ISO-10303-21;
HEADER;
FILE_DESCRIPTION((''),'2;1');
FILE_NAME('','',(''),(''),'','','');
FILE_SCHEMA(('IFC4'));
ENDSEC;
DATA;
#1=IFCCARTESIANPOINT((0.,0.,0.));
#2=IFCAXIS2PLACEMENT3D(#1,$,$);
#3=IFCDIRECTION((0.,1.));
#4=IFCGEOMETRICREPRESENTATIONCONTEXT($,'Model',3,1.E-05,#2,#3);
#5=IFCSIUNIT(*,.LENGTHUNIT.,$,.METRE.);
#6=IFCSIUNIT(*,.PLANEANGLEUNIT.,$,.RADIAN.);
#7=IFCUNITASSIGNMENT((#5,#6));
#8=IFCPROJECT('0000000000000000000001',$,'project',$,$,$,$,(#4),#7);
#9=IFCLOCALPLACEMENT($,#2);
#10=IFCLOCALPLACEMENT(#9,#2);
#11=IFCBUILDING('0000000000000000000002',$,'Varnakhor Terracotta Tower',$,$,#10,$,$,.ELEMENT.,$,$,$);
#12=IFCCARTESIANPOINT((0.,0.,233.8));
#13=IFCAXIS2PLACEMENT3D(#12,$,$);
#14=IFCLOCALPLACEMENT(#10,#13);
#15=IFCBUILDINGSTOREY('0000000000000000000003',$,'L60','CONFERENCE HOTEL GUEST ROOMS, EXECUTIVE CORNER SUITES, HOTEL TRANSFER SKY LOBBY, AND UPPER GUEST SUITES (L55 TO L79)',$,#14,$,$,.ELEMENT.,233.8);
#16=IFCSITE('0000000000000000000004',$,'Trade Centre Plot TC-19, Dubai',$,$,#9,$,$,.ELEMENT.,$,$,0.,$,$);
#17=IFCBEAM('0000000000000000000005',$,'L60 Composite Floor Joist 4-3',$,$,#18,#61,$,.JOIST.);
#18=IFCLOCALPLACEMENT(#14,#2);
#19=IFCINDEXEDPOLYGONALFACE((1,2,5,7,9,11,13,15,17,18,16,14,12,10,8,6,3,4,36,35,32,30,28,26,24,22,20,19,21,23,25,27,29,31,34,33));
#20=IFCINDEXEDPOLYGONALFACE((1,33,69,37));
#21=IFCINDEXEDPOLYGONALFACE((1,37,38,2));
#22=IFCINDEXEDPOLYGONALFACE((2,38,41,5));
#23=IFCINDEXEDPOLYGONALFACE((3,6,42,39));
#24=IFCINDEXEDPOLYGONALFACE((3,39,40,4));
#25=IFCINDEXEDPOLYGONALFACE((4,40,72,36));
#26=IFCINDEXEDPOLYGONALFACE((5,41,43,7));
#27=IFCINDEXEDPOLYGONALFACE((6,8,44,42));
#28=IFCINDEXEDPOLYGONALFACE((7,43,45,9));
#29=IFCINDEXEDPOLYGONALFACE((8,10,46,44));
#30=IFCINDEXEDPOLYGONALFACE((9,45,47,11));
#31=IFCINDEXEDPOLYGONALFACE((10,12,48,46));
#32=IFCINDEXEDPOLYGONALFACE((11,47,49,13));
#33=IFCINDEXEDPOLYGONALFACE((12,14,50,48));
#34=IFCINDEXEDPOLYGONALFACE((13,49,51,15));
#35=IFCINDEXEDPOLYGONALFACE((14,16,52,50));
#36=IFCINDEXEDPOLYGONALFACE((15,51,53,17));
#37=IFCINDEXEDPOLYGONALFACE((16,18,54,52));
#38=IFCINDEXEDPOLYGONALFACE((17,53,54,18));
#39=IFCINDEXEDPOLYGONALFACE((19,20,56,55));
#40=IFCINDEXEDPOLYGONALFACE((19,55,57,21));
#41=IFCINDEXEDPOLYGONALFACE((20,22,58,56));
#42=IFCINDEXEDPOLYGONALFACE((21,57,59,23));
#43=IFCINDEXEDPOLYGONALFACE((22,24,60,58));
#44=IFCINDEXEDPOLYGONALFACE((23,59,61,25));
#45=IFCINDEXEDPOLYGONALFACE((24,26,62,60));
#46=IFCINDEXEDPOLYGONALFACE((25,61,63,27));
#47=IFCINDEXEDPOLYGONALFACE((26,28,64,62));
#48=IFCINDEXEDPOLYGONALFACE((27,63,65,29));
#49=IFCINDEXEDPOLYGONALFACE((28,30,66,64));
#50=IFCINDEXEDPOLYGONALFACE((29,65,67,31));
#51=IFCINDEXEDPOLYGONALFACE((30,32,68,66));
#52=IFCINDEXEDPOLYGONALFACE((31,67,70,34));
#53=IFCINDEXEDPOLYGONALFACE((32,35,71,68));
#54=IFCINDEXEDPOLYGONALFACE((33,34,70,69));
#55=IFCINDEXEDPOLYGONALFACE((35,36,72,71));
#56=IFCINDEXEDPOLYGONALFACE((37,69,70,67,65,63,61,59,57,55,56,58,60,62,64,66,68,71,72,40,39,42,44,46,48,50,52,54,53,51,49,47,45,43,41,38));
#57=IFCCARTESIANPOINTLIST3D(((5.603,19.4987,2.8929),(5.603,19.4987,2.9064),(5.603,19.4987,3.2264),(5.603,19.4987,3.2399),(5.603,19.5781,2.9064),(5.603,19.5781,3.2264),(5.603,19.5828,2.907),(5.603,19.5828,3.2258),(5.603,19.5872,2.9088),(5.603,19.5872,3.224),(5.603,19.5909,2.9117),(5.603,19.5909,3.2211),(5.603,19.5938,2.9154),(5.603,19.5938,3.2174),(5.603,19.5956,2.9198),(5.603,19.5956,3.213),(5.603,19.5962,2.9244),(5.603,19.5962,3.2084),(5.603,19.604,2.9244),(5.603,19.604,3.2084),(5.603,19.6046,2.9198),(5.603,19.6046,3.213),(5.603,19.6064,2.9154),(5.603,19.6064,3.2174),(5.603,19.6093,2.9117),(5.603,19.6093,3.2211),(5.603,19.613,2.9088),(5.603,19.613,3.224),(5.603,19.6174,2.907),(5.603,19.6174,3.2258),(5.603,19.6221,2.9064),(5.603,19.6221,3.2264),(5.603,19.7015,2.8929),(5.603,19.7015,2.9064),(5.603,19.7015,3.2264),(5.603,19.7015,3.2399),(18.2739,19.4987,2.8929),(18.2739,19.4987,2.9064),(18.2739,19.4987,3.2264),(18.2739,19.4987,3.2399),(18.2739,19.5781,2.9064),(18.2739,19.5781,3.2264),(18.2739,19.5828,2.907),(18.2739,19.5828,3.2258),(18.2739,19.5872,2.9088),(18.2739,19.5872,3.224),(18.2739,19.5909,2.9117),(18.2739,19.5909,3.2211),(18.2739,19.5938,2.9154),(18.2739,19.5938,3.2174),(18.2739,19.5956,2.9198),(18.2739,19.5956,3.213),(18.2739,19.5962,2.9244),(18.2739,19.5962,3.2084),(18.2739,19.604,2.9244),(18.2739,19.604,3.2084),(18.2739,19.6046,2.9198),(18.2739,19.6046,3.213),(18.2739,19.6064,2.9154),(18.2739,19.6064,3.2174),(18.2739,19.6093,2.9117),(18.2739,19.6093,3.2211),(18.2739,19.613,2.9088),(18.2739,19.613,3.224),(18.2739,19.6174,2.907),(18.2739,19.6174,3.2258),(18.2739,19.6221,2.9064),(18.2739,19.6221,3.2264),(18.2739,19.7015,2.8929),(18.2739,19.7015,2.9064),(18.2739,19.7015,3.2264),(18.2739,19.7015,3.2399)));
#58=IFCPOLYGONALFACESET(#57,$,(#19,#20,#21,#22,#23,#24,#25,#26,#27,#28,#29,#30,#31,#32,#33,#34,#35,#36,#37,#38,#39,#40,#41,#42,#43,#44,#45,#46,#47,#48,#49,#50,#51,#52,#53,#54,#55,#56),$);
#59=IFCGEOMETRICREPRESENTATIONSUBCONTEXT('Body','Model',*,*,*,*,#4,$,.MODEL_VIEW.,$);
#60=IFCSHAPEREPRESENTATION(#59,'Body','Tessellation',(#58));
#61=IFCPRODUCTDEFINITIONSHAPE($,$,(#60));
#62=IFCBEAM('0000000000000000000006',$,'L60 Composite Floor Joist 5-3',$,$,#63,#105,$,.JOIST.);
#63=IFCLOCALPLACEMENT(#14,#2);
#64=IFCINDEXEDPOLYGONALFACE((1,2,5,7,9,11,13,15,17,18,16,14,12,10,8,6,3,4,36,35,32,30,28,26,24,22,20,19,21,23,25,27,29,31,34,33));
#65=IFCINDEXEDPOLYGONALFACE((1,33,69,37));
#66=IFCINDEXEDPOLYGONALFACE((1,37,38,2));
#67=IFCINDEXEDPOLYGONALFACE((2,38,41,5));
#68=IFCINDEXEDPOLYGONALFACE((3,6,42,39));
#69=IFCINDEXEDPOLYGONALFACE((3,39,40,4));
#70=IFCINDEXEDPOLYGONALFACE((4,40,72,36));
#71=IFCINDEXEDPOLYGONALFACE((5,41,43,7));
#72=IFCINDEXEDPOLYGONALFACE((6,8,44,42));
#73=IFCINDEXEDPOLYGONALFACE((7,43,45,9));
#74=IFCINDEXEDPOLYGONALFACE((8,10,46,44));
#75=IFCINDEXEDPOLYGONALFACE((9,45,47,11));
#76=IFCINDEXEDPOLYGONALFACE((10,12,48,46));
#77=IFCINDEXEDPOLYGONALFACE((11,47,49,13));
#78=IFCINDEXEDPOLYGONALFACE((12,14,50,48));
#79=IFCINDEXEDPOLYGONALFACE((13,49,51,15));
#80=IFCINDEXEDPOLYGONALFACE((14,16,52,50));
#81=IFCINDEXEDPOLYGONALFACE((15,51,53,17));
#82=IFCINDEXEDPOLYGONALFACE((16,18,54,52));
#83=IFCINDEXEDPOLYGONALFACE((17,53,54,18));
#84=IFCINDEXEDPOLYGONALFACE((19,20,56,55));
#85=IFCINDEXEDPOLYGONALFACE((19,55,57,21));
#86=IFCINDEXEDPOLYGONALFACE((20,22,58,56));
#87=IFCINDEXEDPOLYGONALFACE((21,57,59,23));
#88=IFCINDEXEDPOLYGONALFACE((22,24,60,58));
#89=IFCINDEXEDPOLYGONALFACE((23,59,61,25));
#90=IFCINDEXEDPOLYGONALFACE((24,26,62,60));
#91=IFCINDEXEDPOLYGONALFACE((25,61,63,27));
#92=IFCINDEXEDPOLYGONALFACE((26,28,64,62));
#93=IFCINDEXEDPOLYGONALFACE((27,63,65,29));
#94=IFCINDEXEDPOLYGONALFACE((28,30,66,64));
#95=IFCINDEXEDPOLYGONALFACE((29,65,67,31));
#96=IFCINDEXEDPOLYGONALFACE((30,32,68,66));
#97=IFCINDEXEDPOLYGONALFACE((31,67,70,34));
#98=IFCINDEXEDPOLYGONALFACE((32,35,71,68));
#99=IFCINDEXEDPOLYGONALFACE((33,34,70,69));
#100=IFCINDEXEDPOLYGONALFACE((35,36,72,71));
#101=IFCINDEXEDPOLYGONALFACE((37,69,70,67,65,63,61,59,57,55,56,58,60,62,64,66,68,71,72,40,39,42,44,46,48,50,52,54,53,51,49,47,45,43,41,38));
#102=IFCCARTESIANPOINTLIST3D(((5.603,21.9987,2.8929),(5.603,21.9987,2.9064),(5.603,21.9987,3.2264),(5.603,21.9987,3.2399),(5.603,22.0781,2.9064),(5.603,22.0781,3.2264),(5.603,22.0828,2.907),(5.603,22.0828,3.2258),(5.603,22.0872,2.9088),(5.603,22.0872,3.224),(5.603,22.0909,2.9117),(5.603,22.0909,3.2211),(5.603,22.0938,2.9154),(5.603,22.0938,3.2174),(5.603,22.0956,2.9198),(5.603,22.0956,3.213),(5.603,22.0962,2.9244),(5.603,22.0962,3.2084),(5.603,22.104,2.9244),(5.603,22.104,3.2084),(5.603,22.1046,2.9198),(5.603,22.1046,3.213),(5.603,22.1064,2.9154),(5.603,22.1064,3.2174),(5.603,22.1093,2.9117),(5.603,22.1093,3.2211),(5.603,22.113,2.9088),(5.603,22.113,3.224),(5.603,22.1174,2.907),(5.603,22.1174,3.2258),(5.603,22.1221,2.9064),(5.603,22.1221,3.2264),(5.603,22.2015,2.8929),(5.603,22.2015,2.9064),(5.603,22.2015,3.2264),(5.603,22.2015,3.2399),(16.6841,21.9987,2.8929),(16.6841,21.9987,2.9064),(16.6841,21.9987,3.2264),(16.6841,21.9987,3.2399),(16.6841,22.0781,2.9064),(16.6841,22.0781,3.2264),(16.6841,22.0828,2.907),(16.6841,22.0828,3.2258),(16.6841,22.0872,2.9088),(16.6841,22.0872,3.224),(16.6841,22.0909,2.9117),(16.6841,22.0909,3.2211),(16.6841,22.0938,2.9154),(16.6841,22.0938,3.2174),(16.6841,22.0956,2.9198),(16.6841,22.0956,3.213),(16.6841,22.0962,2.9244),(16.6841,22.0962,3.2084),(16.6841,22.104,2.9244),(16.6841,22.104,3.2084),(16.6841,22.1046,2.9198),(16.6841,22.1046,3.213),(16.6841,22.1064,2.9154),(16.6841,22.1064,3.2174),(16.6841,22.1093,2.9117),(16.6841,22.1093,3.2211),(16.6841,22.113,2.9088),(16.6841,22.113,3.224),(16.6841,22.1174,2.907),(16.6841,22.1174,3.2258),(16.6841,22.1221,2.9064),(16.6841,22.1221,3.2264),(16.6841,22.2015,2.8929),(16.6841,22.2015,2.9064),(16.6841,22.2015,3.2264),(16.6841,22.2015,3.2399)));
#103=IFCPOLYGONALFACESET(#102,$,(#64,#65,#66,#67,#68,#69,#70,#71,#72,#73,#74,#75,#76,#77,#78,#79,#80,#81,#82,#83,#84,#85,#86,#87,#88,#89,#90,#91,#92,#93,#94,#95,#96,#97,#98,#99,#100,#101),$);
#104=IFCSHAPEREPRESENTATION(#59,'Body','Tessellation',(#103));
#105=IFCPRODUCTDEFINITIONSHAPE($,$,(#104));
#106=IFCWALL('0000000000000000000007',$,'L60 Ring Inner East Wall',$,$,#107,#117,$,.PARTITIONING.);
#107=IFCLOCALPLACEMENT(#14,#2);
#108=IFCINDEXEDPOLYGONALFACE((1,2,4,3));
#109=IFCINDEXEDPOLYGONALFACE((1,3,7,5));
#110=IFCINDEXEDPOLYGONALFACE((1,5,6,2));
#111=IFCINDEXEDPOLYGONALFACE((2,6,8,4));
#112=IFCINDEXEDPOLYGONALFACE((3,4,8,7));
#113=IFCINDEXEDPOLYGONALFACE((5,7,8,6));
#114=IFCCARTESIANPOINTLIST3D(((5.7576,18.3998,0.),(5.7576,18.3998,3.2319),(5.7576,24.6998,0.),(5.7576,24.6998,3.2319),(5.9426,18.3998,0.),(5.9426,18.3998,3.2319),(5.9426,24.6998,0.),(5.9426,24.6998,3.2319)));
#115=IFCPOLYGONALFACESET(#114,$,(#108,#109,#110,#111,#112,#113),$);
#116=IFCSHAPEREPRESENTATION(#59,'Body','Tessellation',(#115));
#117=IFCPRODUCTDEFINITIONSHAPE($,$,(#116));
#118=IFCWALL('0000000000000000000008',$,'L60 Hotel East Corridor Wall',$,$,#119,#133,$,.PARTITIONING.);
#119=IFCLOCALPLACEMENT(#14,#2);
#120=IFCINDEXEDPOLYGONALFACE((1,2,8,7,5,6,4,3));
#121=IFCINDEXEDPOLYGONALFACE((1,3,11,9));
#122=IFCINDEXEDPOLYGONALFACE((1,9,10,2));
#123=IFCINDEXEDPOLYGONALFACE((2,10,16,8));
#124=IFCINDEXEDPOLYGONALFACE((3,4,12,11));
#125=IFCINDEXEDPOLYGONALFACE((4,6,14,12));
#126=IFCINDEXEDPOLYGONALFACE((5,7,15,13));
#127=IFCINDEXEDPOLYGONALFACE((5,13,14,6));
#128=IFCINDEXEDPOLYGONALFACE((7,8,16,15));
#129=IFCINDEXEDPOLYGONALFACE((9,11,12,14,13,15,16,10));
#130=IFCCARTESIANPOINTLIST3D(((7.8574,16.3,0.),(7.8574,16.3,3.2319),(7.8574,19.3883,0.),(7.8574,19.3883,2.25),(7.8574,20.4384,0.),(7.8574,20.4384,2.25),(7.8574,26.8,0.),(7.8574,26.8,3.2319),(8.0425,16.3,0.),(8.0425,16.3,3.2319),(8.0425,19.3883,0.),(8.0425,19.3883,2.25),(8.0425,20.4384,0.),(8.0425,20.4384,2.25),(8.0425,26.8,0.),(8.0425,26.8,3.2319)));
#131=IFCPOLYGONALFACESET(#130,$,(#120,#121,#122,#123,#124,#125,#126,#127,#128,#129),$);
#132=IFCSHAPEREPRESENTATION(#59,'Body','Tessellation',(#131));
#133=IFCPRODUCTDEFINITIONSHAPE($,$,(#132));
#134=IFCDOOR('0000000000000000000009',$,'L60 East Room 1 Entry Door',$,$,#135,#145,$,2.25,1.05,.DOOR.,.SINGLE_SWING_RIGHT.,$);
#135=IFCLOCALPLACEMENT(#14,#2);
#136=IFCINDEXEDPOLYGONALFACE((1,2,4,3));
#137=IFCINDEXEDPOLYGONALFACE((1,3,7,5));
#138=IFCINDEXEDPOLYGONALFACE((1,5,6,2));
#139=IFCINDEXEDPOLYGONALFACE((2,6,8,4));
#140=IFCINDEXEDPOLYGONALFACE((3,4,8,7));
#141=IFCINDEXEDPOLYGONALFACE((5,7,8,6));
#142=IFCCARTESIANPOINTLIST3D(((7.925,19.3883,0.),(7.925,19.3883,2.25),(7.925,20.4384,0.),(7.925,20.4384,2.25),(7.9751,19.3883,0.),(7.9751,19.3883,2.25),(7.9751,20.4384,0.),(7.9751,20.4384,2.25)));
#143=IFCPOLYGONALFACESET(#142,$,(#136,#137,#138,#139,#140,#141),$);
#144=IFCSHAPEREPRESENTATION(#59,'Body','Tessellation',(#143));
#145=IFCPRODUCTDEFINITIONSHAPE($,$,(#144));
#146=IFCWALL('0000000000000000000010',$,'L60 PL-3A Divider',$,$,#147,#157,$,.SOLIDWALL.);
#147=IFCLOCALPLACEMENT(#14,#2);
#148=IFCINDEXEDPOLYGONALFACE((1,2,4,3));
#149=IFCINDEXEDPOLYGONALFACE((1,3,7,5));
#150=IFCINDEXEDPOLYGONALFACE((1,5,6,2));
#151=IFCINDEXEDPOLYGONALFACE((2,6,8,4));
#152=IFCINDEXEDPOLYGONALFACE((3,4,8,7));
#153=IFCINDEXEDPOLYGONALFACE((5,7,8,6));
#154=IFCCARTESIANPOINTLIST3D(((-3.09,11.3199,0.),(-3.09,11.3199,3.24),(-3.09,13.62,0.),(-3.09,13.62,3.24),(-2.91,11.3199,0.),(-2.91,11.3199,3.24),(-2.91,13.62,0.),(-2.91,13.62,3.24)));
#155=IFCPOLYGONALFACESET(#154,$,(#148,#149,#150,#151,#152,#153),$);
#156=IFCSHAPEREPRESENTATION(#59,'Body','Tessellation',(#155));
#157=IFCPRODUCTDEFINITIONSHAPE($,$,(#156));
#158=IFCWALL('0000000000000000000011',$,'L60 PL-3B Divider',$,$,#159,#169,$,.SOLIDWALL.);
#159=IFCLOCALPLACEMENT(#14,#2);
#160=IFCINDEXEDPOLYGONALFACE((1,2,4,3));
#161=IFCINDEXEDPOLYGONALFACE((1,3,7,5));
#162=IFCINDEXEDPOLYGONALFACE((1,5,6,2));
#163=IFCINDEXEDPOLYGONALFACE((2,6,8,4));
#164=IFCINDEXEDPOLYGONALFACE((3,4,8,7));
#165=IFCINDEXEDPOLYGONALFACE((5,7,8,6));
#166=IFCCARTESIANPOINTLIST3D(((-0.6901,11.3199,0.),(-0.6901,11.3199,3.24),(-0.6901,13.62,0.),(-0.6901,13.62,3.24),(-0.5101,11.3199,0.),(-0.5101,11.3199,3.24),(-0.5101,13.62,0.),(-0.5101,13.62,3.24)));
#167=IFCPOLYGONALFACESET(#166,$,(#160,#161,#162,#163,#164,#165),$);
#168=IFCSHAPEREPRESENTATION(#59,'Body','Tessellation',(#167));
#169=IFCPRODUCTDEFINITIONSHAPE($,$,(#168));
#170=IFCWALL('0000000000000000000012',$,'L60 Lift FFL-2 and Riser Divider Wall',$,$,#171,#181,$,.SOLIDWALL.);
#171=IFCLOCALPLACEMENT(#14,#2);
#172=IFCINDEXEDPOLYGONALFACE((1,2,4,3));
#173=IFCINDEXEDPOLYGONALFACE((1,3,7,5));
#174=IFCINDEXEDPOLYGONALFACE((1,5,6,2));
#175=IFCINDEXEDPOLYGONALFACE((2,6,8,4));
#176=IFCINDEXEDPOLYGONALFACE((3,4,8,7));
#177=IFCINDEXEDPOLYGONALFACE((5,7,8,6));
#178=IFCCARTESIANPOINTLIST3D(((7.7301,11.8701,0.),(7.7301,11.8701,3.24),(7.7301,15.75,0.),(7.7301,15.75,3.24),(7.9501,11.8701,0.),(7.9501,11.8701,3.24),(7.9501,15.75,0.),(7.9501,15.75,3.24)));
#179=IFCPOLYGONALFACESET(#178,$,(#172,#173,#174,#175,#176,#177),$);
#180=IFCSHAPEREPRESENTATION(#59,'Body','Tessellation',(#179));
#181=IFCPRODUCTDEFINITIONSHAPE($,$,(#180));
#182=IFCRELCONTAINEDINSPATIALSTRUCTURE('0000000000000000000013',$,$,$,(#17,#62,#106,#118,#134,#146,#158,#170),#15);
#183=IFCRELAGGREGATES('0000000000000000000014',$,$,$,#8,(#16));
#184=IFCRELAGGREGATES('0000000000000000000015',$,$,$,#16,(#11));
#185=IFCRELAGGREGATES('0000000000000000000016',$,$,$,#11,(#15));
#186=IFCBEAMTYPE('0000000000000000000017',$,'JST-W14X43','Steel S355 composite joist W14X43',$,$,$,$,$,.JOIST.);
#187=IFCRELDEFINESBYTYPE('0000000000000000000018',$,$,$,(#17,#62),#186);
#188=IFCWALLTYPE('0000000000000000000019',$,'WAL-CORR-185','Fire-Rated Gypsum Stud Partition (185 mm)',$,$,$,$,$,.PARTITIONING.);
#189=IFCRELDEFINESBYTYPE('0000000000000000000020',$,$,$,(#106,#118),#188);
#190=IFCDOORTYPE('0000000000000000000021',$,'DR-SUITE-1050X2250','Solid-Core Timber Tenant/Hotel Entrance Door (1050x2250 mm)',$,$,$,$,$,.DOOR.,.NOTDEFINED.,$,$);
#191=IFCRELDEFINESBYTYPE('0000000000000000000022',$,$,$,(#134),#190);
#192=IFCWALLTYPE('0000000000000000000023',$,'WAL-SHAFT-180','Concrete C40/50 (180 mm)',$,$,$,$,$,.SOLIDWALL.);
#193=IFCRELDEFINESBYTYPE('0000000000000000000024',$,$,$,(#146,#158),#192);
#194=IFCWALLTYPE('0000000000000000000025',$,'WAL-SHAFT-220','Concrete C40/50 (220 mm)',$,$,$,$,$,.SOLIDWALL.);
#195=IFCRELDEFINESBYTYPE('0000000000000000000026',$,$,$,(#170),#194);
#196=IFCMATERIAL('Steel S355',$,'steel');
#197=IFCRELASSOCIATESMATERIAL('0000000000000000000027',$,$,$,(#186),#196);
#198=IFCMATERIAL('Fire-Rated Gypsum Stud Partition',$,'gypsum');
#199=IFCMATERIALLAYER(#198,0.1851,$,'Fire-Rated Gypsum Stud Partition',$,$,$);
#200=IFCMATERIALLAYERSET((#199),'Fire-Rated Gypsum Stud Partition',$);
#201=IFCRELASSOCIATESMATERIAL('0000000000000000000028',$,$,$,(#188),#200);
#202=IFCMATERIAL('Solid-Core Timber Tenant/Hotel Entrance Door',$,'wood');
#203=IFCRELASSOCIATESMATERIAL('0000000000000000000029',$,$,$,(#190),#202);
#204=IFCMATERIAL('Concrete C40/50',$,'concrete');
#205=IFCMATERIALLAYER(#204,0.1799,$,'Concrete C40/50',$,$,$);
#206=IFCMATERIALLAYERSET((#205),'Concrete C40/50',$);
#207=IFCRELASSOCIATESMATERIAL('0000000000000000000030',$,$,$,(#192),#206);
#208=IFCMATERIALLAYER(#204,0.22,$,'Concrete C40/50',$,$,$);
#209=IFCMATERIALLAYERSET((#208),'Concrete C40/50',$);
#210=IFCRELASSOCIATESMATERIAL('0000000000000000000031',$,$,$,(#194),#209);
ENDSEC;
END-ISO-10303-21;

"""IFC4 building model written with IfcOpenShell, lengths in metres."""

from ifc_helpers import new_model, si_unit, direction, frame, frame_2d, origin, origin_2d, place, context, subcontext, project, spatial, rectangle, i_section, extrude, source, transform, mapped, material, layer, layer_set, material_profile, profile_set, type_object, type_shapes, element, fill, save


model = new_model("IFC4")

# Units and contexts
model_context = context("Model", 3, precision=1e-05, world=origin(), true_north=direction((0.0, 1.0)))
body_context = subcontext(model_context, "Body", "Model", "MODEL_VIEW")
ifc_project = project(units=[si_unit("LENGTHUNIT", "METRE"), si_unit("PLANEANGLEUNIT", "RADIAN")], contexts=[model_context])

# Site, building, storey
site_placement = place(None, origin())
site = spatial("IfcSite", under=ifc_project, at=site_placement, Name="Trade Centre Plot TC-19, Dubai", CompositionType="ELEMENT", RefElevation=0.0)
building_placement = place(site_placement, origin())
building = spatial("IfcBuilding", under=site, at=building_placement, Name="Varnakhor Terracotta Tower", CompositionType="ELEMENT")
storey_placement = place(building_placement, frame((0.0, 0.0, 233.8)))
storey = spatial("IfcBuildingStorey", under=building, at=storey_placement, Name="L60", Description="CONFERENCE HOTEL GUEST ROOMS, EXECUTIVE CORNER SUITES, HOTEL TRANSFER SKY LOBBY, AND UPPER GUEST SUITES (L55 TO L79)", CompositionType="ELEMENT", Elevation=233.8)

# Beams
ifc_material_1 = material(Name="Steel S355", Category="steel")
ifc_material_profile_1 = material_profile(ifc_material_1, i_section(OverallWidth=0.2029, OverallDepth=0.3469, WebThickness=0.0078, FlangeThickness=0.0134, FilletRadius=0.0181, at=origin_2d()), Name="W14X43")
ifc_profile_set_1 = profile_set([ifc_material_profile_1], Name="Steel S355")
beam_type_1 = type_object("IfcBeamType", Name="JST-W14X43", Description="Steel S355 composite joist W14X43", PredefinedType="JOIST", material=ifc_profile_set_1)
shared_shape_1 = source(origin(), body_context, "Body", "SweptSolid", [
    extrude(i_section(OverallWidth=0.2029, OverallDepth=0.3469, WebThickness=0.0078, FlangeThickness=0.0134, FilletRadius=0.0181, at=origin_2d()), origin(), (0.0, 0.0, 1.0), 12.6709),
])
beam_1_placement = place(storey_placement, frame((5.603, 19.6001, 3.0664), z_axis=(1.0, 0.0, 0.0), x_axis=(0.0, 1.0, 0.0)))
element("IfcBeam", 1, at=beam_1_placement, inside=storey, type_object=beam_type_1, Name="L60 Composite Floor Joist 4-3", PredefinedType="JOIST", context=body_context, shape_type="MappedRepresentation", body=[
    mapped(shared_shape_1, transform((0.0, 0.0, 0.0), scale=1.0)),
])
shared_shape_2 = source(origin(), body_context, "Body", "SweptSolid", [
    extrude(i_section(OverallWidth=0.2029, OverallDepth=0.3469, WebThickness=0.0078, FlangeThickness=0.0134, FilletRadius=0.0181, at=origin_2d()), origin(), (0.0, 0.0, 1.0), 11.0811),
])
beam_2_placement = place(storey_placement, frame((5.603, 22.1001, 3.0664), z_axis=(1.0, 0.0, 0.0), x_axis=(0.0, 1.0, 0.0)))
element("IfcBeam", 2, at=beam_2_placement, inside=storey, type_object=beam_type_1, Name="L60 Composite Floor Joist 5-3", PredefinedType="JOIST", context=body_context, shape_type="MappedRepresentation", body=[
    mapped(shared_shape_2, transform((0.0, 0.0, 0.0), scale=1.0)),
])

# Wall
ifc_material_2 = material(Name="Fire-Rated Gypsum Stud Partition", Category="gypsum")
ifc_layer_1 = layer(ifc_material_2, 0.1851, Name="Fire-Rated Gypsum Stud Partition")
ifc_layer_set_1 = layer_set([ifc_layer_1], Name="Fire-Rated Gypsum Stud Partition")
wall_type_1 = type_object("IfcWallType", Name="WAL-CORR-185", Description="Fire-Rated Gypsum Stud Partition (185 mm)", PredefinedType="PARTITIONING", material=ifc_layer_set_1)
wall_1_placement = place(storey_placement, frame((5.8501, 18.3999, 0.0), z_axis=(0.0, 0.0, 1.0), x_axis=(0.0, 1.0, 0.0)))
element("IfcWall", 3, at=wall_1_placement, inside=storey, type_object=wall_type_1, Name="L60 Ring Inner East Wall", PredefinedType="PARTITIONING", context=body_context, shape_type="SweptSolid", body=[
    extrude(rectangle(XDim=6.3, YDim=0.1851, at=frame_2d((3.1499, 0.0))), origin(), (0.0, 0.0, 1.0), 3.2319),
])

# Wall, opening, door
wall_2_placement = place(storey_placement, frame((7.95, 16.3, 0.0), z_axis=(0.0, 0.0, 1.0), x_axis=(0.0, 1.0, 0.0)))
wall_2 = element("IfcWall", 4, at=wall_2_placement, inside=storey, type_object=wall_type_1, Name="L60 Hotel East Corridor Wall", PredefinedType="PARTITIONING", context=body_context, shape_type="SweptSolid", body=[
    extrude(rectangle(XDim=10.5, YDim=0.1851, at=frame_2d((5.25, 0.0))), origin(), (0.0, 0.0, 1.0), 3.2319),
])
opening_1_placement = place(wall_2_placement, frame((3.0884, 0.0, 0.0)))
opening_1 = element("IfcOpeningElement", 5, at=opening_1_placement, cuts=wall_2, PredefinedType="OPENING", context=body_context, shape_type="SweptSolid", body=[
    extrude(rectangle(XDim=1.05, YDim=2.25, at=frame_2d((0.5249, 1.125))), frame((0.0, 0.1025, 0.0), z_axis=(0.0, -1.0, 0.0), x_axis=(1.0, 0.0, 0.0)), (0.0, 0.0, 1.0), 0.2051),
])
ifc_material_3 = material(Name="Solid-Core Timber Tenant/Hotel Entrance Door", Category="wood")
door_type_1 = type_object("IfcDoorType", Name="DR-SUITE-1050X2250", Description="Solid-Core Timber Tenant/Hotel Entrance Door (1050x2250 mm)", OperationType="NOTDEFINED", PredefinedType="DOOR", material=ifc_material_3)
shared_shape_3 = source(origin(), body_context, "Body", "SweptSolid", [
    extrude(rectangle(XDim=1.05, YDim=2.25, at=frame_2d((0.5249, 1.125))), frame((0.0, 0.0249, 0.0), z_axis=(0.0, -1.0, 0.0), x_axis=(1.0, 0.0, 0.0)), (0.0, 0.0, 1.0), 0.05),
])
type_shapes(door_type_1, [shared_shape_3])
door_1_placement = place(opening_1_placement, origin())
door_1 = element("IfcDoor", 6, at=door_1_placement, inside=storey, type_object=door_type_1, Name="L60 East Room 1 Entry Door", OperationType="SINGLE_SWING_RIGHT", OverallHeight=2.25, OverallWidth=1.05, PredefinedType="DOOR", context=body_context, shape_type="MappedRepresentation", body=[
    mapped(shared_shape_3, transform((0.0, 0.0, 0.0), scale=1.0)),
])
fill(opening_1, door_1)

# Walls
ifc_material_4 = material(Name="Concrete C40/50", Category="concrete")
ifc_layer_2 = layer(ifc_material_4, 0.1799, Name="Concrete C40/50")
ifc_layer_set_2 = layer_set([ifc_layer_2], Name="Concrete C40/50")
wall_type_2 = type_object("IfcWallType", Name="WAL-SHAFT-180", Description="Concrete C40/50 (180 mm)", PredefinedType="SOLIDWALL", material=ifc_layer_set_2)
for number, where, z_axis, x_axis, name in (
    (7, (-3.0, 11.3201, 0.0), (0.0, 0.0, 1.0), (0.0, 1.0, 0.0), "L60 PL-3A Divider"),
    (8, (-0.6001, 11.3201, 0.0), (0.0, 0.0, 1.0), (0.0, 1.0, 0.0), "L60 PL-3B Divider"),
):
    element("IfcWall", number, at=place(storey_placement, frame(where, z_axis=z_axis, x_axis=x_axis)), inside=storey, type_object=wall_type_2, Name=name, PredefinedType="SOLIDWALL", context=body_context, shape_type="SweptSolid", body=[
        extrude(rectangle(XDim=2.3, YDim=0.1799, at=frame_2d((1.1499, 0.0))), origin(), (0.0, 0.0, 1.0), 3.24),
    ])
ifc_layer_3 = layer(ifc_material_4, 0.22, Name="Concrete C40/50")
ifc_layer_set_3 = layer_set([ifc_layer_3], Name="Concrete C40/50")
wall_type_3 = type_object("IfcWallType", Name="WAL-SHAFT-220", Description="Concrete C40/50 (220 mm)", PredefinedType="SOLIDWALL", material=ifc_layer_set_3)
wall_3_placement = place(storey_placement, frame((7.8401, 11.8701, 0.0), z_axis=(0.0, 0.0, 1.0), x_axis=(0.0, 1.0, 0.0)))
element("IfcWall", 9, at=wall_3_placement, inside=storey, type_object=wall_type_3, Name="L60 Lift FFL-2 and Riser Divider Wall", PredefinedType="SOLIDWALL", context=body_context, shape_type="SweptSolid", body=[
    extrude(rectangle(XDim=3.8799, YDim=0.22, at=frame_2d((1.9399, 0.0))), origin(), (0.0, 0.0, 1.0), 3.24),
])

save(model, "model.ifc")
